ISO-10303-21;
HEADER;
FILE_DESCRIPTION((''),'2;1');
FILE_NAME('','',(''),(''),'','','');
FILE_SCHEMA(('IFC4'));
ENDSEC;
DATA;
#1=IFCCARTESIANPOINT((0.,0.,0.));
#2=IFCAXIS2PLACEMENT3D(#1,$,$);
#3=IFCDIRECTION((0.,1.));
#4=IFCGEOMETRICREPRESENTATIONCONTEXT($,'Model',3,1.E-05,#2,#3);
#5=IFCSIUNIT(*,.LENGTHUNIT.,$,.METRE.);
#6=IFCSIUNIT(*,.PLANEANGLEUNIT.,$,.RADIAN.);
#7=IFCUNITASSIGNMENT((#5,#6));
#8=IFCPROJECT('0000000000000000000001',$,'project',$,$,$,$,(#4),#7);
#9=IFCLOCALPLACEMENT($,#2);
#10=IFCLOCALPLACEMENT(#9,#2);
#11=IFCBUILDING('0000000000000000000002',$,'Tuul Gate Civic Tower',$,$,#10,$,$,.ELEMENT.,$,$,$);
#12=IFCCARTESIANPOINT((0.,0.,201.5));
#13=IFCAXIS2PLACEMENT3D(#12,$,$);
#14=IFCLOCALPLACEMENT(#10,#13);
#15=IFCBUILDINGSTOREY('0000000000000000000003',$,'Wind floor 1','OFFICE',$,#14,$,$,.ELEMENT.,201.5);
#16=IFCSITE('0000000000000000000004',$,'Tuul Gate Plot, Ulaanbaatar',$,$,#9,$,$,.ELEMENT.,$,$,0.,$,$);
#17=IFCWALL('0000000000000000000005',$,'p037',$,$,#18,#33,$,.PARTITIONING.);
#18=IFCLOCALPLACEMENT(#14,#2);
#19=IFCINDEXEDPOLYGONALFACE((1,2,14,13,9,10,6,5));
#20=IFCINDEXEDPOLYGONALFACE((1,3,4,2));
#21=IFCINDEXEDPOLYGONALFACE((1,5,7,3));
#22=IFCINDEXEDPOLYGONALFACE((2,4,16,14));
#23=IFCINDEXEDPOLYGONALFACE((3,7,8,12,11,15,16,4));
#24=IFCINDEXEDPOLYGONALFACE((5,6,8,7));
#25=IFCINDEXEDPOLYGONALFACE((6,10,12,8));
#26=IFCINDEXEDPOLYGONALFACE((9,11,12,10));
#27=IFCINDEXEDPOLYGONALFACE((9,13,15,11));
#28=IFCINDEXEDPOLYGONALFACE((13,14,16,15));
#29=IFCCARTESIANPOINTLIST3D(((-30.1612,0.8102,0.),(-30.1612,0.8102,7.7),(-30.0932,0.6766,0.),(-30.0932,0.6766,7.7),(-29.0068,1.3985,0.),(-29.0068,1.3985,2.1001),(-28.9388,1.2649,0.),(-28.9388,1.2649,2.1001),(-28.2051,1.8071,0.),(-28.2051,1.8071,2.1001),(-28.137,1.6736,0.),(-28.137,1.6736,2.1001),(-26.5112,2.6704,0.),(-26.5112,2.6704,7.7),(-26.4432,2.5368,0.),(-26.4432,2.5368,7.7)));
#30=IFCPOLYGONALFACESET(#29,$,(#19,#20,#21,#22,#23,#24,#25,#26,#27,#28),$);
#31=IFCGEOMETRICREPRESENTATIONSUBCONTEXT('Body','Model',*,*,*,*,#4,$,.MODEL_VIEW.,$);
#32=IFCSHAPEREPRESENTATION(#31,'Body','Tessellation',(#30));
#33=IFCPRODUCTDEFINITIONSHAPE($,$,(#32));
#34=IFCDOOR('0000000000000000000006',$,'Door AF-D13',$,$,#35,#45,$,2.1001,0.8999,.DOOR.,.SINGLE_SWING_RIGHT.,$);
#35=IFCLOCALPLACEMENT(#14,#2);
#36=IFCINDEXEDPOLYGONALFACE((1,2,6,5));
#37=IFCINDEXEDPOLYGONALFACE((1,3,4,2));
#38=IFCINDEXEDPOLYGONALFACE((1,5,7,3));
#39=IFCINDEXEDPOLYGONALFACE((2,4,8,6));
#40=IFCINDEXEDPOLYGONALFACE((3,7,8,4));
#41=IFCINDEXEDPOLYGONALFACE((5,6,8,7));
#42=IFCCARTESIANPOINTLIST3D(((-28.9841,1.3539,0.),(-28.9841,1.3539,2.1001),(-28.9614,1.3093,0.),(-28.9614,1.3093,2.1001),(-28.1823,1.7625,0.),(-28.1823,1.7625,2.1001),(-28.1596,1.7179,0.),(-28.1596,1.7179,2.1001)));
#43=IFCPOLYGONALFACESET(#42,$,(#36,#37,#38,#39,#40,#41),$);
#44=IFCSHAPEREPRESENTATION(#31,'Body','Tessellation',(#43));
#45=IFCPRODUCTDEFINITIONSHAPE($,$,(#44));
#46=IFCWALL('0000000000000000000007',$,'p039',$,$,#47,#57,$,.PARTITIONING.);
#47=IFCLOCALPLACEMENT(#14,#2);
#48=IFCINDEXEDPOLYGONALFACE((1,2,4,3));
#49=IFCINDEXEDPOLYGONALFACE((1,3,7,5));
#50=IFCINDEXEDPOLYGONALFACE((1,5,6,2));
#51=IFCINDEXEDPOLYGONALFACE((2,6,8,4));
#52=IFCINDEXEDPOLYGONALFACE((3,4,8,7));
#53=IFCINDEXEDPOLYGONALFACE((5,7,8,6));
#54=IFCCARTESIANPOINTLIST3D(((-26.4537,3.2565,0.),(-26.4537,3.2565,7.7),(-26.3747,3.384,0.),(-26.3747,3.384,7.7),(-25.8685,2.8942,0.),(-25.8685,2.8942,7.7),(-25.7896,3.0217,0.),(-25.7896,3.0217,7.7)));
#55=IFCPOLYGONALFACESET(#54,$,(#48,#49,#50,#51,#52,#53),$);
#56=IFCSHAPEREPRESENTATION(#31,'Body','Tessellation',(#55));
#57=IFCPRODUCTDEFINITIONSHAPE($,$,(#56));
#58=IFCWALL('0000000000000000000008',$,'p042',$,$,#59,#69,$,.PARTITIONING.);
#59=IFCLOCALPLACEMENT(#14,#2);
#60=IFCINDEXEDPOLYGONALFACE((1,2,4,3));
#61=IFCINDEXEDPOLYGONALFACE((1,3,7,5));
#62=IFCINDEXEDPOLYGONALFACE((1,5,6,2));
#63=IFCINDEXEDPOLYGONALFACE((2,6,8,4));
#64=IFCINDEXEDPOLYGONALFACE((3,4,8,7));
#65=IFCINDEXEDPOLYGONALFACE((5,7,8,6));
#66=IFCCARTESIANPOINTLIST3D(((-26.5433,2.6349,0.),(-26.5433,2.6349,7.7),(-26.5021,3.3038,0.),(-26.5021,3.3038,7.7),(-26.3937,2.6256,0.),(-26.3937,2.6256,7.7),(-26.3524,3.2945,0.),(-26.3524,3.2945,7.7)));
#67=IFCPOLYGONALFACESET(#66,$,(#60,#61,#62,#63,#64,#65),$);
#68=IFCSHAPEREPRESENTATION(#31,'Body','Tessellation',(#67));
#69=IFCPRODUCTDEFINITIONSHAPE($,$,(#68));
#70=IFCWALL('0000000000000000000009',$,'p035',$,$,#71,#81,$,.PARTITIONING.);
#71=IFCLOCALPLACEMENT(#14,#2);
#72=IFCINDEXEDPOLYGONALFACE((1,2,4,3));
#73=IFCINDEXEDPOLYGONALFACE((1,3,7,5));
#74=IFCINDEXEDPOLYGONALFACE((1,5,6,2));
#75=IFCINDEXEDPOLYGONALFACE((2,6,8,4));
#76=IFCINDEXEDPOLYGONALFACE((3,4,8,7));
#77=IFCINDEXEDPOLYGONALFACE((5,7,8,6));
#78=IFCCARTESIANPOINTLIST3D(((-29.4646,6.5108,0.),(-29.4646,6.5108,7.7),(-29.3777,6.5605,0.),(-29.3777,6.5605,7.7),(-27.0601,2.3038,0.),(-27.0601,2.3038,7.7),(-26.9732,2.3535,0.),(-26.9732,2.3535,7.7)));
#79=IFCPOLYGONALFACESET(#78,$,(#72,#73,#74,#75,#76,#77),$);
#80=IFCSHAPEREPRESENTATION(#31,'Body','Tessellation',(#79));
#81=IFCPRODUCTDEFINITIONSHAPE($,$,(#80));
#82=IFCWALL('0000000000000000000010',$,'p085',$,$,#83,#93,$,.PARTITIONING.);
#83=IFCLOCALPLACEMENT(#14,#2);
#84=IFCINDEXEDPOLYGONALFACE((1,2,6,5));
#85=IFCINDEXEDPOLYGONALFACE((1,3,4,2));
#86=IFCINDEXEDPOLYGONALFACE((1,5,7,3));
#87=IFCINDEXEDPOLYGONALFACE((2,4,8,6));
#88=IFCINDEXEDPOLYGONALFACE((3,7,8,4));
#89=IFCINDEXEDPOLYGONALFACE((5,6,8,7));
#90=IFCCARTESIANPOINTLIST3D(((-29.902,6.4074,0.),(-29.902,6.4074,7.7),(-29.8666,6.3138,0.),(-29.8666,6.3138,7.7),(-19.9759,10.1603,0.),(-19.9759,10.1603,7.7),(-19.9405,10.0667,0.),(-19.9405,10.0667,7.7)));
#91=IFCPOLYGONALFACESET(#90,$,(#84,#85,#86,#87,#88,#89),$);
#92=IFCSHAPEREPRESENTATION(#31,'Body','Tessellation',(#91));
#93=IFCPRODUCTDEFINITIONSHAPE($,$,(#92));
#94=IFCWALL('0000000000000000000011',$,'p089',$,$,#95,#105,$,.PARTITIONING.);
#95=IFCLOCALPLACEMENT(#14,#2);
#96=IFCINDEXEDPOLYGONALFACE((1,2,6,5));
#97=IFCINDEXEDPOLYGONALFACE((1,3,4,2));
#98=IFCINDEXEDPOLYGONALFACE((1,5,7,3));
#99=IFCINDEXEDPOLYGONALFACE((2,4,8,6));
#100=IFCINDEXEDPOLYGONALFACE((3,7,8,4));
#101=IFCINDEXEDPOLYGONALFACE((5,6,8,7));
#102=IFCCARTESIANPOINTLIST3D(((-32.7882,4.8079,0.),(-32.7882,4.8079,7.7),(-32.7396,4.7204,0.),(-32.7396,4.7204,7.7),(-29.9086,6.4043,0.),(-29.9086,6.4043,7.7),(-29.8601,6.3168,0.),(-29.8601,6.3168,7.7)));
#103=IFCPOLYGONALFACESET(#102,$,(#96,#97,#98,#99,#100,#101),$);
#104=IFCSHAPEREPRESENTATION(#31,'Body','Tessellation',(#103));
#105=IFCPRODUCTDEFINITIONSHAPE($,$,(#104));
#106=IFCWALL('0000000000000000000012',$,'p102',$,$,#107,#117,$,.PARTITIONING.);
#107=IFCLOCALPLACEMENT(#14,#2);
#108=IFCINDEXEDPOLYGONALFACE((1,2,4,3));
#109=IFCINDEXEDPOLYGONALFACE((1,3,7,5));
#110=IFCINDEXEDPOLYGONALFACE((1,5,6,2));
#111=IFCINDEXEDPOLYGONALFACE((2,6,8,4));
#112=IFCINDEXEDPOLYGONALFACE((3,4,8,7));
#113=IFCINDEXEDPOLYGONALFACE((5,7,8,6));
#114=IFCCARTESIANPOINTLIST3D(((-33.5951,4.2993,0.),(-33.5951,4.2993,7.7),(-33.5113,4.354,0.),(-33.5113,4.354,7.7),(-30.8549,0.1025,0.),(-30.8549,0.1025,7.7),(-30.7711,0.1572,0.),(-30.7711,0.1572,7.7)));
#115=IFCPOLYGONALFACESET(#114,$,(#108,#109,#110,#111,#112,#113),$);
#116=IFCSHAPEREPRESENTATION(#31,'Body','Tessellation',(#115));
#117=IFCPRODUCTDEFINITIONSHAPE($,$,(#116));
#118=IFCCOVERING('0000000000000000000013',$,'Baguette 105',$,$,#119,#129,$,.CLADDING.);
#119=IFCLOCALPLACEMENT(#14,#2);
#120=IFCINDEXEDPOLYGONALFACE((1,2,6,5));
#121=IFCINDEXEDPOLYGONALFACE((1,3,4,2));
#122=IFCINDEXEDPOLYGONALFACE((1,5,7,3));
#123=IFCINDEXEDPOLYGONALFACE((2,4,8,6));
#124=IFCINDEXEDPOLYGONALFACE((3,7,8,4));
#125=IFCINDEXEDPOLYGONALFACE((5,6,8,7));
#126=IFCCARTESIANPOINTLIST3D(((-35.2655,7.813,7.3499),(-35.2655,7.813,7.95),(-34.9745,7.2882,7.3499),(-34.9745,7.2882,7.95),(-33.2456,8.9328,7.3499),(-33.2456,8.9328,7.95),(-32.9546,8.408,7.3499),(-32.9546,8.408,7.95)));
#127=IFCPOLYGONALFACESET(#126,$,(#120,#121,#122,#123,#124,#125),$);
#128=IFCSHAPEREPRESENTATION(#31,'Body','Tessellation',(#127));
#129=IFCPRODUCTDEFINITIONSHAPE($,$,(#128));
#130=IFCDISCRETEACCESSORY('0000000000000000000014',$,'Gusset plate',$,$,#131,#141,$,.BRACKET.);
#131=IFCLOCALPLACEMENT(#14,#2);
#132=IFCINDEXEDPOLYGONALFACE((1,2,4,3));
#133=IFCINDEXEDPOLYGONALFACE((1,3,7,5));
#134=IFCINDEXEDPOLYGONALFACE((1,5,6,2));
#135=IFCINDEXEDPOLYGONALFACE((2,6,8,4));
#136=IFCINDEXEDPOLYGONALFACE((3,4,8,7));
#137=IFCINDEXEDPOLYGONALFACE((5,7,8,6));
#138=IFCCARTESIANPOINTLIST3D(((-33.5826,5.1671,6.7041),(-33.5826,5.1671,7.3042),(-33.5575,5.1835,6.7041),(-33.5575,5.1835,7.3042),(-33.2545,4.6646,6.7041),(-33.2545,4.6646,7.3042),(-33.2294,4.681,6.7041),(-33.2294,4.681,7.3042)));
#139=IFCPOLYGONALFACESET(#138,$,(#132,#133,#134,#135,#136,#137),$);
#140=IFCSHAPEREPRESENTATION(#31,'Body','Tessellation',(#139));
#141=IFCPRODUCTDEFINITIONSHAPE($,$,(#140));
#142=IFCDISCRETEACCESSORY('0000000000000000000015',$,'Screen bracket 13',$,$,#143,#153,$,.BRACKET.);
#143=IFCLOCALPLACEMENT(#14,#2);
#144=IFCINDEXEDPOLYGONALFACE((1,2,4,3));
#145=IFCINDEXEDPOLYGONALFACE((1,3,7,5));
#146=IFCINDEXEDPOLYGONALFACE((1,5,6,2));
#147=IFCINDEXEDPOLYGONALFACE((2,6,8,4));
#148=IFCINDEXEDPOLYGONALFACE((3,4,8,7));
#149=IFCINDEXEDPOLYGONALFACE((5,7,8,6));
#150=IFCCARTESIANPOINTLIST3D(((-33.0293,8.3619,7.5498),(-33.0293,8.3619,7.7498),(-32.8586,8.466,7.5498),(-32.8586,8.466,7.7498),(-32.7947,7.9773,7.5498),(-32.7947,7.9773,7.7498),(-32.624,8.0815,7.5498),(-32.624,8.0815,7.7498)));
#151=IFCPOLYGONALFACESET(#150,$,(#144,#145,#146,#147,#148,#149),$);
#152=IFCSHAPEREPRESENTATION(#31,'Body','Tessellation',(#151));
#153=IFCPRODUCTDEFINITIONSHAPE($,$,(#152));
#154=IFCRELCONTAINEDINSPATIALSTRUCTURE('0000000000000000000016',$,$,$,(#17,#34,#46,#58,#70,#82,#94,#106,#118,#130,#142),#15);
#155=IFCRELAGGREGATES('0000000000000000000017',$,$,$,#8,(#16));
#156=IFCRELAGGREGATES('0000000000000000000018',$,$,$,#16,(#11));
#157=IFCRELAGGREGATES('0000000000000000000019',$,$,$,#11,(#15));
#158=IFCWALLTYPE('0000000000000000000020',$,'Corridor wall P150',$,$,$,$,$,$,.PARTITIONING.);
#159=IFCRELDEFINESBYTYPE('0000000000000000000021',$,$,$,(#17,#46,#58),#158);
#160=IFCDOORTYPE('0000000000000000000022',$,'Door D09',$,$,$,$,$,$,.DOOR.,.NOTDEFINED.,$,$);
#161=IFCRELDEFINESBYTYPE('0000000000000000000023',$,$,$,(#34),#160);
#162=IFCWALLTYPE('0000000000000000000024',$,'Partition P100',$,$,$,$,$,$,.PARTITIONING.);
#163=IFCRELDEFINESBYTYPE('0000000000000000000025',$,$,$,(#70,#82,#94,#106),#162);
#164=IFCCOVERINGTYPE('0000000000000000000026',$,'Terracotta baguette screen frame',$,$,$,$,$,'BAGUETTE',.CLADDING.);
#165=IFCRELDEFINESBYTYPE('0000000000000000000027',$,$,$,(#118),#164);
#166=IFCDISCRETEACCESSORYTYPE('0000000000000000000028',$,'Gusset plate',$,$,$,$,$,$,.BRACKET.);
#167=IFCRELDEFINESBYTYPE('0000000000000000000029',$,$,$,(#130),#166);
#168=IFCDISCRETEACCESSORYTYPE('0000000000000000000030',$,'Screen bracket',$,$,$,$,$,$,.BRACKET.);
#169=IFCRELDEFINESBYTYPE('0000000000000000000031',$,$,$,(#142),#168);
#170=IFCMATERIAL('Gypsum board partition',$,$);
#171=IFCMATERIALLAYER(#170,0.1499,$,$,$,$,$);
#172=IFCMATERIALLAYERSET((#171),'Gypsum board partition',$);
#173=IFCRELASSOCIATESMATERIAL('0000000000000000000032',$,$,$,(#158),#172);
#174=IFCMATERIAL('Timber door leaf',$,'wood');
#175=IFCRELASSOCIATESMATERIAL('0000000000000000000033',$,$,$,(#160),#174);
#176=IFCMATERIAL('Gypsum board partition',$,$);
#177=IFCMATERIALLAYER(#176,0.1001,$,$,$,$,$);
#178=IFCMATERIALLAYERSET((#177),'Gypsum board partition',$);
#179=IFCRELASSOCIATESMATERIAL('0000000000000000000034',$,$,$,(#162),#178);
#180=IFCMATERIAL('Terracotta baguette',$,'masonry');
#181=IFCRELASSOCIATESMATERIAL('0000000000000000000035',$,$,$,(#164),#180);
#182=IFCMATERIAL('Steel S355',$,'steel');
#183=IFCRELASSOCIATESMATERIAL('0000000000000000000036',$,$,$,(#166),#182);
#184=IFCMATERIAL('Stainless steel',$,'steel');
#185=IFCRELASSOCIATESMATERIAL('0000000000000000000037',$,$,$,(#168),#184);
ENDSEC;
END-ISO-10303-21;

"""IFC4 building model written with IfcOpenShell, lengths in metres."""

from ifc_helpers import new_model, si_unit, direction, frame, frame_2d, origin, origin_2d, place, context, subcontext, project, spatial, rectangle, extrude, material, layer, layer_set, material_profile, profile_set, type_object, element, fill, save


model = new_model("IFC4")

# Units and contexts
model_context = context("Model", 3, precision=1e-05, world=origin(), true_north=direction((0.0, 1.0)))
body_context = subcontext(model_context, "Body", "Model", "MODEL_VIEW")
ifc_project = project(units=[si_unit("LENGTHUNIT", "METRE"), si_unit("PLANEANGLEUNIT", "RADIAN")], contexts=[model_context])

# Site, building, storey
site_placement = place(None, origin())
site = spatial("IfcSite", under=ifc_project, at=site_placement, Name="Tuul Gate Plot, Ulaanbaatar", CompositionType="ELEMENT", RefElevation=0.0)
building_placement = place(site_placement, origin())
building = spatial("IfcBuilding", under=site, at=building_placement, Name="Tuul Gate Civic Tower", CompositionType="ELEMENT")
storey_placement = place(building_placement, frame((0.0, 0.0, 201.5)))
storey = spatial("IfcBuildingStorey", under=building, at=storey_placement, Name="Wind floor 1", Description="OFFICE", CompositionType="ELEMENT", Elevation=201.5)

# Wall, opening, door
ifc_material_1 = material(Name="Gypsum board partition")
ifc_layer_1 = layer(ifc_material_1, 0.1499)
ifc_layer_set_1 = layer_set([ifc_layer_1], Name="Gypsum board partition")
wall_type_1 = type_object("IfcWallType", Name="Corridor wall P150", PredefinedType="PARTITIONING", material=ifc_layer_set_1)
wall_1_placement = place(storey_placement, frame((-30.1272, 0.7434, 0.0), z_axis=(0.0, 0.0, 1.0), x_axis=(0.890968, 0.454066, 0.0)))
wall_1 = element("IfcWall", 1, at=wall_1_placement, inside=storey, type_object=wall_type_1, Name="p037", PredefinedType="PARTITIONING", context=body_context, shape_type="SweptSolid", body=[
    extrude(rectangle(XDim=4.0967, YDim=0.1499, at=frame_2d((2.0483, 0.0))), origin(), (0.0, 0.0, 1.0), 7.7),
])
opening_placement = place(wall_1_placement, frame((1.2957, 0.0, 0.0)))
opening = element("IfcOpeningElement", 2, at=opening_placement, cuts=wall_1, PredefinedType="OPENING", context=body_context, shape_type="SweptSolid", body=[
    extrude(rectangle(XDim=0.8999, YDim=2.1001, at=frame_2d((0.45, 1.05))), frame((0.0, 0.085, 0.0), z_axis=(0.0, -1.0, 0.0), x_axis=(1.0, 0.0, 0.0)), (0.0, 0.0, 1.0), 0.1699),
])
ifc_material_2 = material(Name="Timber door leaf", Category="wood")
door_type = type_object("IfcDoorType", Name="Door D09", OperationType="NOTDEFINED", PredefinedType="DOOR", material=ifc_material_2)
door_placement = place(opening_placement, origin())
door = element("IfcDoor", 3, at=door_placement, inside=storey, type_object=door_type, Name="Door AF-D13", OperationType="SINGLE_SWING_RIGHT", OverallHeight=2.1001, OverallWidth=0.8999, PredefinedType="DOOR", context=body_context, shape_type="SweptSolid", body=[
    extrude(rectangle(XDim=0.8999, YDim=2.1001, at=frame_2d((0.45, 1.05))), frame((0.0, 0.0249, 0.0), z_axis=(0.0, -1.0, 0.0), x_axis=(1.0, 0.0, 0.0)), (0.0, 0.0, 1.0), 0.05),
])
fill(opening, door)

# Walls
wall_2_placement = place(storey_placement, frame((-26.4143, 3.3203, 0.0), z_axis=(0.0, 0.0, 1.0), x_axis=(0.850242, -0.526391, 0.0)))
element("IfcWall", 4, at=wall_2_placement, inside=storey, type_object=wall_type_1, Name="p039", PredefinedType="PARTITIONING", context=body_context, shape_type="SweptSolid", body=[
    extrude(rectangle(XDim=0.6882, YDim=0.1499, at=frame_2d((0.3442, 0.0))), origin(), (0.0, 0.0, 1.0), 7.7),
])
wall_3_placement = place(storey_placement, frame((-26.4685, 2.6304, 0.0), z_axis=(0.0, 0.0, 1.0), x_axis=(0.061562, 0.998103, 0.0)))
element("IfcWall", 5, at=wall_3_placement, inside=storey, type_object=wall_type_1, Name="p042", PredefinedType="PARTITIONING", context=body_context, shape_type="SweptSolid", body=[
    extrude(rectangle(XDim=0.6702, YDim=0.1499, at=frame_2d((0.335, 0.0))), origin(), (0.0, 0.0, 1.0), 7.7),
])
ifc_material_3 = material(Name="Gypsum board partition")
ifc_layer_2 = layer(ifc_material_3, 0.1001)
ifc_layer_set_2 = layer_set([ifc_layer_2], Name="Gypsum board partition")
wall_type_2 = type_object("IfcWallType", Name="Partition P100", PredefinedType="PARTITIONING", material=ifc_layer_set_2)
wall_4_placement = place(storey_placement, frame((-29.4211, 6.5356, 0.0), z_axis=(0.0, 0.0, 1.0), x_axis=(0.49622, -0.868197, 0.0)))
element("IfcWall", 6, at=wall_4_placement, inside=storey, type_object=wall_type_2, Name="p035", PredefinedType="PARTITIONING", context=body_context, shape_type="SweptSolid", body=[
    extrude(rectangle(XDim=4.8457, YDim=0.1001, at=frame_2d((2.4229, 0.0))), origin(), (0.0, 0.0, 1.0), 7.7),
])
wall_5_placement = place(storey_placement, frame((-29.8843, 6.3606, 0.0), z_axis=(0.0, 0.0, 1.0), x_axis=(0.935376, 0.353656, 0.0)))
element("IfcWall", 7, at=wall_5_placement, inside=storey, type_object=wall_type_2, Name="p085", PredefinedType="PARTITIONING", context=body_context, shape_type="SweptSolid", body=[
    extrude(rectangle(XDim=10.6118, YDim=0.1001, at=frame_2d((5.3059, 0.0))), origin(), (0.0, 0.0, 1.0), 7.7),
])
wall_6_placement = place(storey_placement, frame((-32.7639, 4.7642, 0.0), z_axis=(0.0, 0.0, 1.0), x_axis=(0.874591, 0.484862, 0.0)))
element("IfcWall", 8, at=wall_6_placement, inside=storey, type_object=wall_type_2, Name="p089", PredefinedType="PARTITIONING", context=body_context, shape_type="SweptSolid", body=[
    extrude(rectangle(XDim=3.2925, YDim=0.1001, at=frame_2d((1.6462, 0.0))), origin(), (0.0, 0.0, 1.0), 7.7),
])
wall_7_placement = place(storey_placement, frame((-33.5532, 4.3267, 0.0), z_axis=(0.0, 0.0, 1.0), x_axis=(0.546716, -0.837318, 0.0)))
element("IfcWall", 9, at=wall_7_placement, inside=storey, type_object=wall_type_2, Name="p102", PredefinedType="PARTITIONING", context=body_context, shape_type="SweptSolid", body=[
    extrude(rectangle(XDim=5.0122, YDim=0.1001, at=frame_2d((2.5061, 0.0))), origin(), (0.0, 0.0, 1.0), 7.7),
])

# Covering
ifc_material_4 = material(Name="Terracotta baguette", Category="masonry")
ifc_material_profile_1 = material_profile(ifc_material_4, rectangle(XDim=0.6001, YDim=0.6001, at=origin_2d()), Name="Terracotta baguette screen frame")
ifc_profile_set_1 = profile_set([ifc_material_profile_1], Name="Terracotta baguette")
covering_type = type_object("IfcCoveringType", Name="Terracotta baguette screen frame", ElementType="BAGUETTE", PredefinedType="CLADDING", material=ifc_profile_set_1)
covering_placement = place(storey_placement, frame((-33.1001, 8.6704, 7.6499), z_axis=(-0.874591, -0.484862, 0.0), x_axis=(0.484862, -0.874591, 0.0)))
element("IfcCovering", 10, at=covering_placement, inside=storey, type_object=covering_type, Name="Baguette 105", PredefinedType="CLADDING", context=body_context, shape_type="SweptSolid", body=[
    extrude(rectangle(XDim=0.6001, YDim=0.6001, at=origin_2d()), origin(), (0.0, 0.0, 1.0), 2.3096),
])

# Discrete accessories
ifc_material_5 = material(Name="Steel S355", Category="steel")
discrete_accessory_type_1 = type_object("IfcDiscreteAccessoryType", Name="Gusset plate", PredefinedType="BRACKET", material=ifc_material_5)
discrete_accessory_1_placement = place(storey_placement, frame((-33.406, 4.9241, 6.7041), z_axis=(0.0, 0.0, 1.0), x_axis=(-0.546722, 0.837314, 0.0)))
element("IfcDiscreteAccessory", 11, at=discrete_accessory_1_placement, inside=storey, type_object=discrete_accessory_type_1, Name="Gusset plate", PredefinedType="BRACKET", context=body_context, shape_type="SweptSolid", body=[
    extrude(rectangle(XDim=0.6001, YDim=0.03, at=origin_2d()), origin(), (0.0, 0.0, 1.0), 0.6001),
])
ifc_material_6 = material(Name="Stainless steel", Category="steel")
discrete_accessory_type_2 = type_object("IfcDiscreteAccessoryType", Name="Screen bracket", PredefinedType="BRACKET", material=ifc_material_6)
discrete_accessory_2_placement = place(storey_placement, frame((-32.8267, 8.2217, 7.5498), z_axis=(0.0, 0.0, 1.0), x_axis=(-0.520753, 0.853707, 0.0)))
element("IfcDiscreteAccessory", 12, at=discrete_accessory_2_placement, inside=storey, type_object=discrete_accessory_type_2, Name="Screen bracket 13", PredefinedType="BRACKET", context=body_context, shape_type="SweptSolid", body=[
    extrude(rectangle(XDim=0.4504, YDim=0.2, at=origin_2d()), origin(), (0.0, 0.0, 1.0), 0.2),
])

save(model, "model.ifc")
